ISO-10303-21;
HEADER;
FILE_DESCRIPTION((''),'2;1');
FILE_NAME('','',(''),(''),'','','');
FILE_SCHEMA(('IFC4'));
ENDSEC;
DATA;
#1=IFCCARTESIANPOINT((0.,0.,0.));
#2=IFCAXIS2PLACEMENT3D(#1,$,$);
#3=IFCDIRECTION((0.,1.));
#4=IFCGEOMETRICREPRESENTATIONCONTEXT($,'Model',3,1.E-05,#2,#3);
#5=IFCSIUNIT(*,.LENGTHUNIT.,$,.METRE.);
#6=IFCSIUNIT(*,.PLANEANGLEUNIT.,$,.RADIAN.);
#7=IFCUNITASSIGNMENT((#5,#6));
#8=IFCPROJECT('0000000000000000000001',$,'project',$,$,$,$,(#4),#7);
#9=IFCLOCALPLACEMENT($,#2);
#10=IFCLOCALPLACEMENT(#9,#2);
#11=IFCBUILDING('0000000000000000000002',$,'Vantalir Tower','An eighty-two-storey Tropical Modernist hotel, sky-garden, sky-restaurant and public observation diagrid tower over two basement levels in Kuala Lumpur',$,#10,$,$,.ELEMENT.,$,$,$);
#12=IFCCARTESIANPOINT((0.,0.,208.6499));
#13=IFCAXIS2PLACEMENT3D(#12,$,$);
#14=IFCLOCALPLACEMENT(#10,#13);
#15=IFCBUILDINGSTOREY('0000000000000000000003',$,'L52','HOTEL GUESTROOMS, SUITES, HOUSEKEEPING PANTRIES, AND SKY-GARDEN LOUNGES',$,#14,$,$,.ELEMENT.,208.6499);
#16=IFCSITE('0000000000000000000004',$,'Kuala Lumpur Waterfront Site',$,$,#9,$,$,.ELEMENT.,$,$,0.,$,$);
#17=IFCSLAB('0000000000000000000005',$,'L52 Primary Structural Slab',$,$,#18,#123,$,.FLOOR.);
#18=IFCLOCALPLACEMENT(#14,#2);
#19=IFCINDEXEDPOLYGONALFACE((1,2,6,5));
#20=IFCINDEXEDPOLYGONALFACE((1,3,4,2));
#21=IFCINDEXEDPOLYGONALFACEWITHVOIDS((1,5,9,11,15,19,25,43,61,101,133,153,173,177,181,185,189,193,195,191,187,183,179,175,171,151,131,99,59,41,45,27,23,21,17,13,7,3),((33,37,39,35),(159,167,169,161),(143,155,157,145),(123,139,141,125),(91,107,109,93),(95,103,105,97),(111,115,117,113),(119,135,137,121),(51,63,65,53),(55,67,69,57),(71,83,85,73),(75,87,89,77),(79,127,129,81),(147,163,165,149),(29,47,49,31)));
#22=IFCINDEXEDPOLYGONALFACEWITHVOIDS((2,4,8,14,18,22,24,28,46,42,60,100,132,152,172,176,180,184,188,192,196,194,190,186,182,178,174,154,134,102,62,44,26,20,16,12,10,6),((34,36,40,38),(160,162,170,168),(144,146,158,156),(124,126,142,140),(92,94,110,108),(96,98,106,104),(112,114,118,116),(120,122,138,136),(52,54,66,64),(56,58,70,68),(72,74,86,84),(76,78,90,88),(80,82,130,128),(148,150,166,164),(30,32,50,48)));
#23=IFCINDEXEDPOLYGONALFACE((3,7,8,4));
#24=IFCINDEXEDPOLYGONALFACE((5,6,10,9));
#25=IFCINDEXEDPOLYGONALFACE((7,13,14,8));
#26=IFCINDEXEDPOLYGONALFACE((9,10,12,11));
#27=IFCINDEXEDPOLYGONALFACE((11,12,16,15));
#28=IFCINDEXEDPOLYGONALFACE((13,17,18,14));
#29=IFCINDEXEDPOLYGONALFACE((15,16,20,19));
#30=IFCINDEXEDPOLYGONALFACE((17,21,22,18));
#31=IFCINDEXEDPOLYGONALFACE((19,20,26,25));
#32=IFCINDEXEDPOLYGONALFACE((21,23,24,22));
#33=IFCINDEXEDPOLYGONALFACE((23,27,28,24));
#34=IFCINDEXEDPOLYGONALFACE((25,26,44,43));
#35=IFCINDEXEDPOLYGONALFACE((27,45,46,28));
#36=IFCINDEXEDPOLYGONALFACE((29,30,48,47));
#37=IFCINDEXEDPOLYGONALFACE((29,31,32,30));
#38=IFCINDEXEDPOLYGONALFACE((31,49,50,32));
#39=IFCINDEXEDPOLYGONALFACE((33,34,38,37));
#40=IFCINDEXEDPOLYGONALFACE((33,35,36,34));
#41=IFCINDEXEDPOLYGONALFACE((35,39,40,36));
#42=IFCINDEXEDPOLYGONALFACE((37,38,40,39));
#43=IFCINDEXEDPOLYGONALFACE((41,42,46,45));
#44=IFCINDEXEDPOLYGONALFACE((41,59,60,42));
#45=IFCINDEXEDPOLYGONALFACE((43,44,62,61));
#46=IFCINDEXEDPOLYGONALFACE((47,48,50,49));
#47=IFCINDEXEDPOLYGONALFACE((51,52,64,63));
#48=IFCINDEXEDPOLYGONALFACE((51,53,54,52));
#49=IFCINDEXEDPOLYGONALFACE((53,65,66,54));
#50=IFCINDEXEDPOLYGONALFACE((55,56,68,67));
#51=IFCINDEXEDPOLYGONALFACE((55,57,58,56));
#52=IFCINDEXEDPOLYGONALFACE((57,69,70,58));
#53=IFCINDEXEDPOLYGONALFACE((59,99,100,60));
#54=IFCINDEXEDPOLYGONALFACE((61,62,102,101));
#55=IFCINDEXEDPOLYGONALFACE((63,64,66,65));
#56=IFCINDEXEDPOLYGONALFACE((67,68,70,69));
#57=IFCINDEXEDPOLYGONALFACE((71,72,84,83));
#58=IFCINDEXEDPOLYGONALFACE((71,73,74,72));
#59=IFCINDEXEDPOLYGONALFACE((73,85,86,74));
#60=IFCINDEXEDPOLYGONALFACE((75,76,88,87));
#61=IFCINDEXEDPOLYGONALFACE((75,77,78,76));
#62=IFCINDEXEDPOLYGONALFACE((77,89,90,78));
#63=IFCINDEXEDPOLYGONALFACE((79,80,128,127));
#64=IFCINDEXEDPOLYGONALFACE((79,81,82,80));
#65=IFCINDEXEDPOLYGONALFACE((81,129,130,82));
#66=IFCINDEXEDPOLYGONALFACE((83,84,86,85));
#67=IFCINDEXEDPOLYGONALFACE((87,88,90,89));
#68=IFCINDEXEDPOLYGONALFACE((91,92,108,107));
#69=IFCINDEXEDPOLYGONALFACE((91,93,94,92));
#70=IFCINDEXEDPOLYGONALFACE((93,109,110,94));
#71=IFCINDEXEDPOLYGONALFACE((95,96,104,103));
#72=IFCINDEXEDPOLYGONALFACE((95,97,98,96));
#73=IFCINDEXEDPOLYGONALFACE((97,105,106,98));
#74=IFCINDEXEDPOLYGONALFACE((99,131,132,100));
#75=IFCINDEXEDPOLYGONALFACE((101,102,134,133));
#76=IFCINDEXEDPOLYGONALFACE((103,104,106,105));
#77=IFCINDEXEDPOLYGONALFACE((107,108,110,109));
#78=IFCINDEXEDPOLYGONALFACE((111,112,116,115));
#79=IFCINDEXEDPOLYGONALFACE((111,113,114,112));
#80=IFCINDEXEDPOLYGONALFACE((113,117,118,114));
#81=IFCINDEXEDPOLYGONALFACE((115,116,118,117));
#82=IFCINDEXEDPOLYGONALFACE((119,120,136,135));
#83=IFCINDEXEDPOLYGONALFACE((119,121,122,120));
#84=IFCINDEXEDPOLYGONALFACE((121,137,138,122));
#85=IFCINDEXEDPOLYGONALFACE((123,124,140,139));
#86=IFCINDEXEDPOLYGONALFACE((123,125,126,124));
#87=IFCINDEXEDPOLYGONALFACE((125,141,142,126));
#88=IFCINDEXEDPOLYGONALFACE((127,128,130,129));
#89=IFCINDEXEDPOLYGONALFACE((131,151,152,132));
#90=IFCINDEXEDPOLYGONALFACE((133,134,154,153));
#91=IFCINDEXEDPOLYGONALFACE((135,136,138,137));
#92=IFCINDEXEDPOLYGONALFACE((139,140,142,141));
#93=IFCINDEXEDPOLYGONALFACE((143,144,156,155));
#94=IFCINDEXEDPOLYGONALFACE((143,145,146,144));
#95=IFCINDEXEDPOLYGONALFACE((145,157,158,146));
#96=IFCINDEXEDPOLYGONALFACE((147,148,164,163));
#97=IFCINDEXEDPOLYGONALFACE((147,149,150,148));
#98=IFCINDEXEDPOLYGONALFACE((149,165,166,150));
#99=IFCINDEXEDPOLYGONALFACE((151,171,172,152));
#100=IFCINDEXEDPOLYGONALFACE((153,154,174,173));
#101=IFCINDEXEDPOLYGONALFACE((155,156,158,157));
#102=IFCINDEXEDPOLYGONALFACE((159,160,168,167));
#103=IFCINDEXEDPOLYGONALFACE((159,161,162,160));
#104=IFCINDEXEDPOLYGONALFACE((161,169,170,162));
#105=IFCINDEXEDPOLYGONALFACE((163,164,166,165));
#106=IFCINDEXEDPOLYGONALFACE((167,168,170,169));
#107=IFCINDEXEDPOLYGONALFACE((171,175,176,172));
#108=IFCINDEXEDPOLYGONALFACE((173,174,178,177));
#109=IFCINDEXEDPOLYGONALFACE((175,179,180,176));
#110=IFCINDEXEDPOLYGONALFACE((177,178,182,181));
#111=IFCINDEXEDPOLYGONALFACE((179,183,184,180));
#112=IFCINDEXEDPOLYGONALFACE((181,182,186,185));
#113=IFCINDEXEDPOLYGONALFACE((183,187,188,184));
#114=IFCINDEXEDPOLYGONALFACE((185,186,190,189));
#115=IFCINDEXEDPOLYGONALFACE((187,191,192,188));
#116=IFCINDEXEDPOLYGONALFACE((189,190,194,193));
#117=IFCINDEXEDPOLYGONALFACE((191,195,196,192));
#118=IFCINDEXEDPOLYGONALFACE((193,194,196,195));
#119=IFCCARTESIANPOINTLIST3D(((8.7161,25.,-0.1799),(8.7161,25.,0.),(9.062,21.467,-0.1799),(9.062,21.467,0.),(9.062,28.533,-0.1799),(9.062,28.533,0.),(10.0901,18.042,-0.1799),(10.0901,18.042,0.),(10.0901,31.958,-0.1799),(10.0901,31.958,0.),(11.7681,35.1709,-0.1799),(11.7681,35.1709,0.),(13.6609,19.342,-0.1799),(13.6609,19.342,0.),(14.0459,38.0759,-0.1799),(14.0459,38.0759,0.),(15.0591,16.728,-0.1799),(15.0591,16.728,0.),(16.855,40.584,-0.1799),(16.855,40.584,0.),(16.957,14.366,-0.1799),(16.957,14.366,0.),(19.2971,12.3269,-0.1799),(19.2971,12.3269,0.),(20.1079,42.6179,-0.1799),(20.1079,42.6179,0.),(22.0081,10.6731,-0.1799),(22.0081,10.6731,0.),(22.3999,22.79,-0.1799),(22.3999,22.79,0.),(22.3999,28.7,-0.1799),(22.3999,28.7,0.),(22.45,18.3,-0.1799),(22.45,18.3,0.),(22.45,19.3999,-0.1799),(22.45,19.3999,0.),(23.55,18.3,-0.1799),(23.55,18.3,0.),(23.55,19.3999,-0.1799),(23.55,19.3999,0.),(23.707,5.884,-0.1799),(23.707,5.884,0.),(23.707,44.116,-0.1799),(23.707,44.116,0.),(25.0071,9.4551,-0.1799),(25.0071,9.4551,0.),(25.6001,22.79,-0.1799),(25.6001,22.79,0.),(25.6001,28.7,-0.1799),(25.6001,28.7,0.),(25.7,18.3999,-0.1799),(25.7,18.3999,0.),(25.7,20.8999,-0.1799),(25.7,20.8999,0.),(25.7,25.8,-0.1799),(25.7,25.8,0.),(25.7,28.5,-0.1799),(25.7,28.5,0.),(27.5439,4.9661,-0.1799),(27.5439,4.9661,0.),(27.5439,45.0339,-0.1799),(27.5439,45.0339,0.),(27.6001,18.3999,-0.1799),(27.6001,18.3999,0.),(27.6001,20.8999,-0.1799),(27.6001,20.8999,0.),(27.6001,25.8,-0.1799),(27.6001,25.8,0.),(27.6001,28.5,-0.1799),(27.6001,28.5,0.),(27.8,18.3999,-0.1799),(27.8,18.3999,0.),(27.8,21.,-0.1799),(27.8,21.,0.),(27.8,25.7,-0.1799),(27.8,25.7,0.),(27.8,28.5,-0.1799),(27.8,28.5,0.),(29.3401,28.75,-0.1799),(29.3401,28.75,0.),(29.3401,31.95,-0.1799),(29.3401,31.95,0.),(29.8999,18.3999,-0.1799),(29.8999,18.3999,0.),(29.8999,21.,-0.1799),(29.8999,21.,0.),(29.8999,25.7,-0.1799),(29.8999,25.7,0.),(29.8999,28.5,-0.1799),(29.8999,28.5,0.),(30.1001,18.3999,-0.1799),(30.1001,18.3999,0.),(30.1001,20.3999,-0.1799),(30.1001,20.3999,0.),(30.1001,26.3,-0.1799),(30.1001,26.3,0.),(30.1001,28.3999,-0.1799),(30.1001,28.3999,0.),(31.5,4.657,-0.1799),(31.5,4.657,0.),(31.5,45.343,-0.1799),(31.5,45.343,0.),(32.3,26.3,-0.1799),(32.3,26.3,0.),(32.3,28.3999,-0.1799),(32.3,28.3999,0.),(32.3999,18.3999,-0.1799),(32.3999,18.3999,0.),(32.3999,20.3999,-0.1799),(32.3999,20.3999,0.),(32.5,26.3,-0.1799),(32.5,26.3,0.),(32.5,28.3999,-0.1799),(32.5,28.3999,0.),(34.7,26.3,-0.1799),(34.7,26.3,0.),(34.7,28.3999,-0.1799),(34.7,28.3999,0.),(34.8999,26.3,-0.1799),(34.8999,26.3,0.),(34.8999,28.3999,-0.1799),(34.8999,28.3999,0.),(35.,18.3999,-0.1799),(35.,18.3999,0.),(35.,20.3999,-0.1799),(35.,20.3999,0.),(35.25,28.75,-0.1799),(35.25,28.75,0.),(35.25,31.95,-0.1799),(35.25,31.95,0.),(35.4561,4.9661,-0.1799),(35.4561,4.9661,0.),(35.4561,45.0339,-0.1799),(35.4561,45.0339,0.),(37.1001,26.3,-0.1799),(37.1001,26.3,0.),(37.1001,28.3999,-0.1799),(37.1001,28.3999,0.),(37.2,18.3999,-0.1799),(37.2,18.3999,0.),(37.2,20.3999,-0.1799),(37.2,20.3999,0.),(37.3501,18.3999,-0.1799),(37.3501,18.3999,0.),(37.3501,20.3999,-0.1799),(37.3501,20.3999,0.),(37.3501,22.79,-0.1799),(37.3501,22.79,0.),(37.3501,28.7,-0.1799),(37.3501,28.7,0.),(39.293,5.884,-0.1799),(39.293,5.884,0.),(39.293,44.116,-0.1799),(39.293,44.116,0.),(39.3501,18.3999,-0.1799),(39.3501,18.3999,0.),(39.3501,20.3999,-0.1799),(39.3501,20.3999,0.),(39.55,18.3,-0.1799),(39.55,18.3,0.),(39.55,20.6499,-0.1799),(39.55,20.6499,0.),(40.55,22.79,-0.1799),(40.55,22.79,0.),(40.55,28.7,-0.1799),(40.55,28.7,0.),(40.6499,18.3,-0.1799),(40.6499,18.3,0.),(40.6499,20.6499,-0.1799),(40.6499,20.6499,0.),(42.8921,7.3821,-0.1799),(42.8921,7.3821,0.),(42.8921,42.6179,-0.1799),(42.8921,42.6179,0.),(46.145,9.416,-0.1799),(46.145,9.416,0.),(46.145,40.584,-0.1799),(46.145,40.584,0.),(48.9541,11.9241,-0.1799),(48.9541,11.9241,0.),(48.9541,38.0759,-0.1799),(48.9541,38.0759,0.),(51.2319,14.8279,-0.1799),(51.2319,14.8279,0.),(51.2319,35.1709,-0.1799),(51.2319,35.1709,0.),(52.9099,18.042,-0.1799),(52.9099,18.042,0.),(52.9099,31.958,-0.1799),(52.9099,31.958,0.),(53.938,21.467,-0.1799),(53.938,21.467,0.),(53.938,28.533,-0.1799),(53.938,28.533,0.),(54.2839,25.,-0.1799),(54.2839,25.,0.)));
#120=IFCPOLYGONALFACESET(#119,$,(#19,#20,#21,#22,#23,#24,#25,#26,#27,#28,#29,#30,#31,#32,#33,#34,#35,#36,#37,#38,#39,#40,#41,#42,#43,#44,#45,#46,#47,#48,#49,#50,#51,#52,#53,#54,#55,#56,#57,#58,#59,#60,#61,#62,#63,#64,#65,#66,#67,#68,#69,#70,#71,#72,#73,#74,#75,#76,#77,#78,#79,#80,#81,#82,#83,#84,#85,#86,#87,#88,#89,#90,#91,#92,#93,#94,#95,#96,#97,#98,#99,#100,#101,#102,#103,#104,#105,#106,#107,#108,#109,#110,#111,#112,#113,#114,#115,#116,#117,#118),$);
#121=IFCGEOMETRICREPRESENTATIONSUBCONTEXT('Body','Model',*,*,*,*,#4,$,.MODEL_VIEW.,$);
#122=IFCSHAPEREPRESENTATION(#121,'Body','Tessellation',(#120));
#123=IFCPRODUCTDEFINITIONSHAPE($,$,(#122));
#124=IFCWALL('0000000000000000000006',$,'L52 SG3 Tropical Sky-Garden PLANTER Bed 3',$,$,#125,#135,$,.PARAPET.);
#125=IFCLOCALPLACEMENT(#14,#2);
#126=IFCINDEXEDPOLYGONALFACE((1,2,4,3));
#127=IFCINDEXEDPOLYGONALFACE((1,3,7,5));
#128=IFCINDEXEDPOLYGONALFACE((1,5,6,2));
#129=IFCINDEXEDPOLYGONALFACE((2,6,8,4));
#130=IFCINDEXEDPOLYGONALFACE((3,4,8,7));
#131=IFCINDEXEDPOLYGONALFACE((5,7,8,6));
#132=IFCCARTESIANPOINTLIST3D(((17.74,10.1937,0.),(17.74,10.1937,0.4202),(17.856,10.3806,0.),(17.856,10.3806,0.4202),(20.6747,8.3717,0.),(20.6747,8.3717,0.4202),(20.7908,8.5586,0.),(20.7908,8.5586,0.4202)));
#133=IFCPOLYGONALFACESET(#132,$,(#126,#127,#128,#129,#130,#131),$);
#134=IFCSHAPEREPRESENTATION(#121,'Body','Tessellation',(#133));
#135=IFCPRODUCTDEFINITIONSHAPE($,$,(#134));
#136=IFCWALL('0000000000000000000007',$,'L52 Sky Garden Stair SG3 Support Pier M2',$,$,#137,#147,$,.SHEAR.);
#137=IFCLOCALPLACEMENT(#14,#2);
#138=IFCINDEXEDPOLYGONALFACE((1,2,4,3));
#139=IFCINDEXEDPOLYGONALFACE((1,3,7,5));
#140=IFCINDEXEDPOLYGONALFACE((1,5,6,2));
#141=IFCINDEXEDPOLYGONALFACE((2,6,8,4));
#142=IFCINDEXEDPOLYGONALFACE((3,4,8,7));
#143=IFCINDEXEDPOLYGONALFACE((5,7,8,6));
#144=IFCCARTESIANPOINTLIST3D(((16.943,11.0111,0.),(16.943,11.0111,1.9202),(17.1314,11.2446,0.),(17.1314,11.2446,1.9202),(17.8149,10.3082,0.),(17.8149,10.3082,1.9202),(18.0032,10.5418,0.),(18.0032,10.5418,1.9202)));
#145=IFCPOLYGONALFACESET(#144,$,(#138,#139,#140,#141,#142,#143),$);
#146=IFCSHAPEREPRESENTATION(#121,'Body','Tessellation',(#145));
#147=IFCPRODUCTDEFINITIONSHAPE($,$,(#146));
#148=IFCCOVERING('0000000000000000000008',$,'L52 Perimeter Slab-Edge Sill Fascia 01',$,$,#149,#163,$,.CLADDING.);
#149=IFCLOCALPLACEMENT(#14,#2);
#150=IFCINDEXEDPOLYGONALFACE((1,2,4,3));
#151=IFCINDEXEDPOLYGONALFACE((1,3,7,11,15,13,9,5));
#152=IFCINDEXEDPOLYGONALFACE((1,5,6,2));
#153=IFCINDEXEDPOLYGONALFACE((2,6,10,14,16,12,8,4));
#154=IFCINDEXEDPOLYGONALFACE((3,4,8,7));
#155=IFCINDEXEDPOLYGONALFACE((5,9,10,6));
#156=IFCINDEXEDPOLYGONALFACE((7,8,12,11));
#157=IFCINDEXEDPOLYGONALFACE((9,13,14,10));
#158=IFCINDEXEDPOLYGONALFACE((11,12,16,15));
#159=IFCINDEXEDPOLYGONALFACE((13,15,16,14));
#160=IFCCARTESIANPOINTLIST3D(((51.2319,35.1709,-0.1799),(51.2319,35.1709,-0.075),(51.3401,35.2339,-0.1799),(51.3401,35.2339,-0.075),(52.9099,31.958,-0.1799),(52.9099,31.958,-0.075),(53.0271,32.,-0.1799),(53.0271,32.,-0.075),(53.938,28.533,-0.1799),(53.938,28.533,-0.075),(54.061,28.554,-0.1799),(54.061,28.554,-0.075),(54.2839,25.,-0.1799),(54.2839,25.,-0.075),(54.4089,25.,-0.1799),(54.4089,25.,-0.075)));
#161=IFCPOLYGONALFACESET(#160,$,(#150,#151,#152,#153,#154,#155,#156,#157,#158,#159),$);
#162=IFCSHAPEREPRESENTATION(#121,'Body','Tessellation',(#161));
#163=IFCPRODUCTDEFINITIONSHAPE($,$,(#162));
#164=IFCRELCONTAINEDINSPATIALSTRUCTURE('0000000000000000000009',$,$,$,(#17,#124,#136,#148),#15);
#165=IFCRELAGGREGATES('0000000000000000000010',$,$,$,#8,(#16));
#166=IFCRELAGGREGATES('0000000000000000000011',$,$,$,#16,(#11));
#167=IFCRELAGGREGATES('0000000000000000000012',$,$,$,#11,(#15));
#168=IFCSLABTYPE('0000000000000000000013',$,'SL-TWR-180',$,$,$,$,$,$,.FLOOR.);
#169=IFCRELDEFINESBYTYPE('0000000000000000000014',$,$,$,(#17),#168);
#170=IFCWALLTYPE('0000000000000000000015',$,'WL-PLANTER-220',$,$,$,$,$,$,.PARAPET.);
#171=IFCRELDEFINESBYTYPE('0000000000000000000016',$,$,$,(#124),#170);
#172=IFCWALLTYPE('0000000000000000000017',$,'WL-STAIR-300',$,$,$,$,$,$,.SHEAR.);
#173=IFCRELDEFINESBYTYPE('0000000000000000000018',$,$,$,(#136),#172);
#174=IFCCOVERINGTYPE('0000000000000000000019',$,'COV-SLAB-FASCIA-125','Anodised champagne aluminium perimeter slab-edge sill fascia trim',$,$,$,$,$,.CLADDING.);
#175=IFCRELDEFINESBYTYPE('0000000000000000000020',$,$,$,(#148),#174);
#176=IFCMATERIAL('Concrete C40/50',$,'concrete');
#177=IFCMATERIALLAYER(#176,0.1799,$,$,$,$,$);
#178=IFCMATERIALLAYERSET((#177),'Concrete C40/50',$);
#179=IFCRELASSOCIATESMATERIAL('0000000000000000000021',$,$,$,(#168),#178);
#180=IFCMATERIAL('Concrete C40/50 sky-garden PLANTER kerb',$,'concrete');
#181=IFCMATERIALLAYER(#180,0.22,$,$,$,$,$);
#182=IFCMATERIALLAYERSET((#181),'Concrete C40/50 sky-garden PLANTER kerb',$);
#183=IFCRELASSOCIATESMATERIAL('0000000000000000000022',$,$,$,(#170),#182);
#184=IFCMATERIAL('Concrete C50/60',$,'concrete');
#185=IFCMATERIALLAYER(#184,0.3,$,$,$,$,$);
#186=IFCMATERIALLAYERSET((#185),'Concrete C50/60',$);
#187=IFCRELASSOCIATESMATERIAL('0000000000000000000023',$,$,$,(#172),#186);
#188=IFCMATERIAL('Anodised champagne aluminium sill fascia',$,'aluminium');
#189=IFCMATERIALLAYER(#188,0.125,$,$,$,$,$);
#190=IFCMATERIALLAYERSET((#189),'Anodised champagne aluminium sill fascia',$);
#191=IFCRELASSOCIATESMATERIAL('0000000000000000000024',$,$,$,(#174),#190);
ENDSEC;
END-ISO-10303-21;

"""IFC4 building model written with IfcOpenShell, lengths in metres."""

from ifc_helpers import new_model, si_unit, direction, frame, frame_2d, origin, place, context, subcontext, project, spatial, polyline, rectangle, outline, extrude, material, layer, layer_set, type_object, element, save


model = new_model("IFC4")

# Units and contexts
model_context = context("Model", 3, precision=1e-05, world=origin(), true_north=direction((0.0, 1.0)))
body_context = subcontext(model_context, "Body", "Model", "MODEL_VIEW")
ifc_project = project(units=[si_unit("LENGTHUNIT", "METRE"), si_unit("PLANEANGLEUNIT", "RADIAN")], contexts=[model_context])

# Site, building, storey
site_placement = place(None, origin())
site = spatial("IfcSite", under=ifc_project, at=site_placement, Name="Kuala Lumpur Waterfront Site", CompositionType="ELEMENT", RefElevation=0.0)
building_placement = place(site_placement, origin())
building = spatial("IfcBuilding", under=site, at=building_placement, Name="Vantalir Tower", Description="An eighty-two-storey Tropical Modernist hotel, sky-garden, sky-restaurant and public observation diagrid tower over two basement levels in Kuala Lumpur", CompositionType="ELEMENT")
storey_placement = place(building_placement, frame((0.0, 0.0, 208.6499)))
storey = spatial("IfcBuildingStorey", under=building, at=storey_placement, Name="L52", Description="HOTEL GUESTROOMS, SUITES, HOUSEKEEPING PANTRIES, AND SKY-GARDEN LOUNGES", CompositionType="ELEMENT", Elevation=208.6499)

# Shared definitions
ifc_material_1 = material(Name="Concrete C40/50", Category="concrete")

# Slab
ifc_layer_1 = layer(ifc_material_1, 0.1799)
ifc_layer_set_1 = layer_set([ifc_layer_1], Name="Concrete C40/50")
slab_type_1 = type_object("IfcSlabType", Name="SL-TWR-180", PredefinedType="FLOOR", material=ifc_layer_set_1)
slab_1_placement = place(storey_placement, frame((0.0, 0.0, -0.1799)))
element("IfcSlab", 1, at=slab_1_placement, inside=storey, type_object=slab_type_1, Name="L52 Primary Structural Slab", PredefinedType="FLOOR", context=body_context, shape_type="SweptSolid", body=[
    extrude(outline(polyline([(19.2971, 12.3269), (22.0081, 10.6731), (25.0071, 9.4551), (23.707, 5.884), (27.5439, 4.9661), (31.5, 4.657), (35.4561, 4.9661), (39.293, 5.884), (42.8921, 7.3821), (46.145, 9.416), (48.9541, 11.9241), (51.2319, 14.8279), (52.9099, 18.042), (53.938, 21.467), (54.2839, 25.0), (53.938, 28.533), (52.9099, 31.958), (51.2319, 35.1709), (48.9541, 38.0759), (46.145, 40.584), (42.8921, 42.6179), (39.293, 44.116), (35.4561, 45.0339), (31.5, 45.343), (27.5439, 45.0339), (23.707, 44.116), (20.1079, 42.6179), (16.855, 40.584), (14.0459, 38.0759), (11.7681, 35.1709), (10.0901, 31.958), (9.062, 28.533), (8.7161, 25.0), (9.062, 21.467), (10.0901, 18.042), (13.6609, 19.342), (15.0591, 16.728), (16.957, 14.366), (19.2971, 12.3269)]), holes=[polyline([(22.3999, 28.7), (25.6001, 28.7), (25.6001, 22.79), (22.3999, 22.79), (22.3999, 28.7)]), polyline([(40.55, 28.7), (40.55, 22.79), (37.3501, 22.79), (37.3501, 28.7), (40.55, 28.7)]), polyline([(29.3401, 28.75), (29.3401, 31.95), (35.25, 31.95), (35.25, 28.75), (29.3401, 28.75)]), polyline([(25.7, 18.3999), (25.7, 20.8999), (27.6001, 20.8999), (27.6001, 18.3999), (25.7, 18.3999)]), polyline([(25.7, 28.5), (27.6001, 28.5), (27.6001, 25.8), (25.7, 25.8), (25.7, 28.5)]), polyline([(29.8999, 21.0), (29.8999, 18.3999), (27.8, 18.3999), (27.8, 21.0), (29.8999, 21.0)]), polyline([(29.8999, 25.7), (27.8, 25.7), (27.8, 28.5), (29.8999, 28.5), (29.8999, 25.7)]), polyline([(30.1001, 18.3999), (30.1001, 20.3999), (32.3999, 20.3999), (32.3999, 18.3999), (30.1001, 18.3999)]), polyline([(37.3501, 20.3999), (39.3501, 20.3999), (39.3501, 18.3999), (37.3501, 18.3999), (37.3501, 20.3999)]), polyline([(37.2, 20.3999), (37.2, 18.3999), (35.0, 18.3999), (35.0, 20.3999), (37.2, 20.3999)]), polyline([(32.3, 26.3), (30.1001, 26.3), (30.1001, 28.3999), (32.3, 28.3999), (32.3, 26.3)]), polyline([(32.5, 26.3), (32.5, 28.3999), (34.7, 28.3999), (34.7, 26.3), (32.5, 26.3)]), polyline([(34.8999, 28.3999), (37.1001, 28.3999), (37.1001, 26.3), (34.8999, 26.3), (34.8999, 28.3999)]), polyline([(23.55, 19.3999), (23.55, 18.3), (22.45, 18.3), (22.45, 19.3999), (23.55, 19.3999)]), polyline([(40.6499, 18.3), (39.55, 18.3), (39.55, 20.6499), (40.6499, 20.6499), (40.6499, 18.3)])]), origin(), (0.0, 0.0, 1.0), 0.1799),
])

# Walls
ifc_material_2 = material(Name="Concrete C40/50 sky-garden PLANTER kerb", Category="concrete")
ifc_layer_2 = layer(ifc_material_2, 0.22)
ifc_layer_set_2 = layer_set([ifc_layer_2], Name="Concrete C40/50 sky-garden PLANTER kerb")
wall_type_1 = type_object("IfcWallType", Name="WL-PLANTER-220", PredefinedType="PARAPET", material=ifc_layer_set_2)
wall_1_placement = place(storey_placement, frame((17.7981, 10.2871, 0.0), z_axis=(0.0, 0.0, 1.0), x_axis=(0.849587, -0.527449, 0.0)))
element("IfcWall", 2, at=wall_1_placement, inside=storey, type_object=wall_type_1, Name="L52 SG3 Tropical Sky-Garden PLANTER Bed 3", PredefinedType="PARAPET", context=body_context, shape_type="SweptSolid", body=[
    extrude(rectangle(XDim=3.4543, YDim=0.22, at=frame_2d((1.7271, 0.0))), origin(), (0.0, 0.0, 1.0), 0.4202),
])
ifc_material_3 = material(Name="Concrete C50/60", Category="concrete")
ifc_layer_3 = layer(ifc_material_3, 0.3)
ifc_layer_set_3 = layer_set([ifc_layer_3], Name="Concrete C50/60")
wall_type_2 = type_object("IfcWallType", Name="WL-STAIR-300", PredefinedType="SHEAR", material=ifc_layer_set_3)
wall_2_placement = place(storey_placement, frame((17.0371, 11.1279, 0.0), z_axis=(0.0, 0.0, 1.0), x_axis=(0.778502, -0.627642, 0.0)))
element("IfcWall", 3, at=wall_2_placement, inside=storey, type_object=wall_type_2, Name="L52 Sky Garden Stair SG3 Support Pier M2", PredefinedType="SHEAR", context=body_context, shape_type="SweptSolid", body=[
    extrude(rectangle(XDim=1.1199, YDim=0.3, at=frame_2d((0.5601, 0.0))), origin(), (0.0, 0.0, 1.0), 1.9202),
])

# Covering
ifc_material_4 = material(Name="Anodised champagne aluminium sill fascia", Category="aluminium")
ifc_layer_4 = layer(ifc_material_4, 0.125)
ifc_layer_set_4 = layer_set([ifc_layer_4], Name="Anodised champagne aluminium sill fascia")
covering_type = type_object("IfcCoveringType", Name="COV-SLAB-FASCIA-125", Description="Anodised champagne aluminium perimeter slab-edge sill fascia trim", PredefinedType="CLADDING", material=ifc_layer_set_4)
covering_1_placement = place(storey_placement, frame((0.0, 0.0, -0.1799)))
element("IfcCovering", 4, at=covering_1_placement, inside=storey, type_object=covering_type, Name="L52 Perimeter Slab-Edge Sill Fascia 01", PredefinedType="CLADDING", context=body_context, shape_type="SweptSolid", body=[
    extrude(outline(polyline([(54.4089, 25.0), (54.061, 28.554), (53.0271, 32.0), (51.3401, 35.2339), (51.2319, 35.1709), (52.9099, 31.958), (53.938, 28.533), (54.2839, 25.0), (54.4089, 25.0)])), origin(), (0.0, 0.0, 1.0), 0.105),
])

save(model, "model.ifc")
